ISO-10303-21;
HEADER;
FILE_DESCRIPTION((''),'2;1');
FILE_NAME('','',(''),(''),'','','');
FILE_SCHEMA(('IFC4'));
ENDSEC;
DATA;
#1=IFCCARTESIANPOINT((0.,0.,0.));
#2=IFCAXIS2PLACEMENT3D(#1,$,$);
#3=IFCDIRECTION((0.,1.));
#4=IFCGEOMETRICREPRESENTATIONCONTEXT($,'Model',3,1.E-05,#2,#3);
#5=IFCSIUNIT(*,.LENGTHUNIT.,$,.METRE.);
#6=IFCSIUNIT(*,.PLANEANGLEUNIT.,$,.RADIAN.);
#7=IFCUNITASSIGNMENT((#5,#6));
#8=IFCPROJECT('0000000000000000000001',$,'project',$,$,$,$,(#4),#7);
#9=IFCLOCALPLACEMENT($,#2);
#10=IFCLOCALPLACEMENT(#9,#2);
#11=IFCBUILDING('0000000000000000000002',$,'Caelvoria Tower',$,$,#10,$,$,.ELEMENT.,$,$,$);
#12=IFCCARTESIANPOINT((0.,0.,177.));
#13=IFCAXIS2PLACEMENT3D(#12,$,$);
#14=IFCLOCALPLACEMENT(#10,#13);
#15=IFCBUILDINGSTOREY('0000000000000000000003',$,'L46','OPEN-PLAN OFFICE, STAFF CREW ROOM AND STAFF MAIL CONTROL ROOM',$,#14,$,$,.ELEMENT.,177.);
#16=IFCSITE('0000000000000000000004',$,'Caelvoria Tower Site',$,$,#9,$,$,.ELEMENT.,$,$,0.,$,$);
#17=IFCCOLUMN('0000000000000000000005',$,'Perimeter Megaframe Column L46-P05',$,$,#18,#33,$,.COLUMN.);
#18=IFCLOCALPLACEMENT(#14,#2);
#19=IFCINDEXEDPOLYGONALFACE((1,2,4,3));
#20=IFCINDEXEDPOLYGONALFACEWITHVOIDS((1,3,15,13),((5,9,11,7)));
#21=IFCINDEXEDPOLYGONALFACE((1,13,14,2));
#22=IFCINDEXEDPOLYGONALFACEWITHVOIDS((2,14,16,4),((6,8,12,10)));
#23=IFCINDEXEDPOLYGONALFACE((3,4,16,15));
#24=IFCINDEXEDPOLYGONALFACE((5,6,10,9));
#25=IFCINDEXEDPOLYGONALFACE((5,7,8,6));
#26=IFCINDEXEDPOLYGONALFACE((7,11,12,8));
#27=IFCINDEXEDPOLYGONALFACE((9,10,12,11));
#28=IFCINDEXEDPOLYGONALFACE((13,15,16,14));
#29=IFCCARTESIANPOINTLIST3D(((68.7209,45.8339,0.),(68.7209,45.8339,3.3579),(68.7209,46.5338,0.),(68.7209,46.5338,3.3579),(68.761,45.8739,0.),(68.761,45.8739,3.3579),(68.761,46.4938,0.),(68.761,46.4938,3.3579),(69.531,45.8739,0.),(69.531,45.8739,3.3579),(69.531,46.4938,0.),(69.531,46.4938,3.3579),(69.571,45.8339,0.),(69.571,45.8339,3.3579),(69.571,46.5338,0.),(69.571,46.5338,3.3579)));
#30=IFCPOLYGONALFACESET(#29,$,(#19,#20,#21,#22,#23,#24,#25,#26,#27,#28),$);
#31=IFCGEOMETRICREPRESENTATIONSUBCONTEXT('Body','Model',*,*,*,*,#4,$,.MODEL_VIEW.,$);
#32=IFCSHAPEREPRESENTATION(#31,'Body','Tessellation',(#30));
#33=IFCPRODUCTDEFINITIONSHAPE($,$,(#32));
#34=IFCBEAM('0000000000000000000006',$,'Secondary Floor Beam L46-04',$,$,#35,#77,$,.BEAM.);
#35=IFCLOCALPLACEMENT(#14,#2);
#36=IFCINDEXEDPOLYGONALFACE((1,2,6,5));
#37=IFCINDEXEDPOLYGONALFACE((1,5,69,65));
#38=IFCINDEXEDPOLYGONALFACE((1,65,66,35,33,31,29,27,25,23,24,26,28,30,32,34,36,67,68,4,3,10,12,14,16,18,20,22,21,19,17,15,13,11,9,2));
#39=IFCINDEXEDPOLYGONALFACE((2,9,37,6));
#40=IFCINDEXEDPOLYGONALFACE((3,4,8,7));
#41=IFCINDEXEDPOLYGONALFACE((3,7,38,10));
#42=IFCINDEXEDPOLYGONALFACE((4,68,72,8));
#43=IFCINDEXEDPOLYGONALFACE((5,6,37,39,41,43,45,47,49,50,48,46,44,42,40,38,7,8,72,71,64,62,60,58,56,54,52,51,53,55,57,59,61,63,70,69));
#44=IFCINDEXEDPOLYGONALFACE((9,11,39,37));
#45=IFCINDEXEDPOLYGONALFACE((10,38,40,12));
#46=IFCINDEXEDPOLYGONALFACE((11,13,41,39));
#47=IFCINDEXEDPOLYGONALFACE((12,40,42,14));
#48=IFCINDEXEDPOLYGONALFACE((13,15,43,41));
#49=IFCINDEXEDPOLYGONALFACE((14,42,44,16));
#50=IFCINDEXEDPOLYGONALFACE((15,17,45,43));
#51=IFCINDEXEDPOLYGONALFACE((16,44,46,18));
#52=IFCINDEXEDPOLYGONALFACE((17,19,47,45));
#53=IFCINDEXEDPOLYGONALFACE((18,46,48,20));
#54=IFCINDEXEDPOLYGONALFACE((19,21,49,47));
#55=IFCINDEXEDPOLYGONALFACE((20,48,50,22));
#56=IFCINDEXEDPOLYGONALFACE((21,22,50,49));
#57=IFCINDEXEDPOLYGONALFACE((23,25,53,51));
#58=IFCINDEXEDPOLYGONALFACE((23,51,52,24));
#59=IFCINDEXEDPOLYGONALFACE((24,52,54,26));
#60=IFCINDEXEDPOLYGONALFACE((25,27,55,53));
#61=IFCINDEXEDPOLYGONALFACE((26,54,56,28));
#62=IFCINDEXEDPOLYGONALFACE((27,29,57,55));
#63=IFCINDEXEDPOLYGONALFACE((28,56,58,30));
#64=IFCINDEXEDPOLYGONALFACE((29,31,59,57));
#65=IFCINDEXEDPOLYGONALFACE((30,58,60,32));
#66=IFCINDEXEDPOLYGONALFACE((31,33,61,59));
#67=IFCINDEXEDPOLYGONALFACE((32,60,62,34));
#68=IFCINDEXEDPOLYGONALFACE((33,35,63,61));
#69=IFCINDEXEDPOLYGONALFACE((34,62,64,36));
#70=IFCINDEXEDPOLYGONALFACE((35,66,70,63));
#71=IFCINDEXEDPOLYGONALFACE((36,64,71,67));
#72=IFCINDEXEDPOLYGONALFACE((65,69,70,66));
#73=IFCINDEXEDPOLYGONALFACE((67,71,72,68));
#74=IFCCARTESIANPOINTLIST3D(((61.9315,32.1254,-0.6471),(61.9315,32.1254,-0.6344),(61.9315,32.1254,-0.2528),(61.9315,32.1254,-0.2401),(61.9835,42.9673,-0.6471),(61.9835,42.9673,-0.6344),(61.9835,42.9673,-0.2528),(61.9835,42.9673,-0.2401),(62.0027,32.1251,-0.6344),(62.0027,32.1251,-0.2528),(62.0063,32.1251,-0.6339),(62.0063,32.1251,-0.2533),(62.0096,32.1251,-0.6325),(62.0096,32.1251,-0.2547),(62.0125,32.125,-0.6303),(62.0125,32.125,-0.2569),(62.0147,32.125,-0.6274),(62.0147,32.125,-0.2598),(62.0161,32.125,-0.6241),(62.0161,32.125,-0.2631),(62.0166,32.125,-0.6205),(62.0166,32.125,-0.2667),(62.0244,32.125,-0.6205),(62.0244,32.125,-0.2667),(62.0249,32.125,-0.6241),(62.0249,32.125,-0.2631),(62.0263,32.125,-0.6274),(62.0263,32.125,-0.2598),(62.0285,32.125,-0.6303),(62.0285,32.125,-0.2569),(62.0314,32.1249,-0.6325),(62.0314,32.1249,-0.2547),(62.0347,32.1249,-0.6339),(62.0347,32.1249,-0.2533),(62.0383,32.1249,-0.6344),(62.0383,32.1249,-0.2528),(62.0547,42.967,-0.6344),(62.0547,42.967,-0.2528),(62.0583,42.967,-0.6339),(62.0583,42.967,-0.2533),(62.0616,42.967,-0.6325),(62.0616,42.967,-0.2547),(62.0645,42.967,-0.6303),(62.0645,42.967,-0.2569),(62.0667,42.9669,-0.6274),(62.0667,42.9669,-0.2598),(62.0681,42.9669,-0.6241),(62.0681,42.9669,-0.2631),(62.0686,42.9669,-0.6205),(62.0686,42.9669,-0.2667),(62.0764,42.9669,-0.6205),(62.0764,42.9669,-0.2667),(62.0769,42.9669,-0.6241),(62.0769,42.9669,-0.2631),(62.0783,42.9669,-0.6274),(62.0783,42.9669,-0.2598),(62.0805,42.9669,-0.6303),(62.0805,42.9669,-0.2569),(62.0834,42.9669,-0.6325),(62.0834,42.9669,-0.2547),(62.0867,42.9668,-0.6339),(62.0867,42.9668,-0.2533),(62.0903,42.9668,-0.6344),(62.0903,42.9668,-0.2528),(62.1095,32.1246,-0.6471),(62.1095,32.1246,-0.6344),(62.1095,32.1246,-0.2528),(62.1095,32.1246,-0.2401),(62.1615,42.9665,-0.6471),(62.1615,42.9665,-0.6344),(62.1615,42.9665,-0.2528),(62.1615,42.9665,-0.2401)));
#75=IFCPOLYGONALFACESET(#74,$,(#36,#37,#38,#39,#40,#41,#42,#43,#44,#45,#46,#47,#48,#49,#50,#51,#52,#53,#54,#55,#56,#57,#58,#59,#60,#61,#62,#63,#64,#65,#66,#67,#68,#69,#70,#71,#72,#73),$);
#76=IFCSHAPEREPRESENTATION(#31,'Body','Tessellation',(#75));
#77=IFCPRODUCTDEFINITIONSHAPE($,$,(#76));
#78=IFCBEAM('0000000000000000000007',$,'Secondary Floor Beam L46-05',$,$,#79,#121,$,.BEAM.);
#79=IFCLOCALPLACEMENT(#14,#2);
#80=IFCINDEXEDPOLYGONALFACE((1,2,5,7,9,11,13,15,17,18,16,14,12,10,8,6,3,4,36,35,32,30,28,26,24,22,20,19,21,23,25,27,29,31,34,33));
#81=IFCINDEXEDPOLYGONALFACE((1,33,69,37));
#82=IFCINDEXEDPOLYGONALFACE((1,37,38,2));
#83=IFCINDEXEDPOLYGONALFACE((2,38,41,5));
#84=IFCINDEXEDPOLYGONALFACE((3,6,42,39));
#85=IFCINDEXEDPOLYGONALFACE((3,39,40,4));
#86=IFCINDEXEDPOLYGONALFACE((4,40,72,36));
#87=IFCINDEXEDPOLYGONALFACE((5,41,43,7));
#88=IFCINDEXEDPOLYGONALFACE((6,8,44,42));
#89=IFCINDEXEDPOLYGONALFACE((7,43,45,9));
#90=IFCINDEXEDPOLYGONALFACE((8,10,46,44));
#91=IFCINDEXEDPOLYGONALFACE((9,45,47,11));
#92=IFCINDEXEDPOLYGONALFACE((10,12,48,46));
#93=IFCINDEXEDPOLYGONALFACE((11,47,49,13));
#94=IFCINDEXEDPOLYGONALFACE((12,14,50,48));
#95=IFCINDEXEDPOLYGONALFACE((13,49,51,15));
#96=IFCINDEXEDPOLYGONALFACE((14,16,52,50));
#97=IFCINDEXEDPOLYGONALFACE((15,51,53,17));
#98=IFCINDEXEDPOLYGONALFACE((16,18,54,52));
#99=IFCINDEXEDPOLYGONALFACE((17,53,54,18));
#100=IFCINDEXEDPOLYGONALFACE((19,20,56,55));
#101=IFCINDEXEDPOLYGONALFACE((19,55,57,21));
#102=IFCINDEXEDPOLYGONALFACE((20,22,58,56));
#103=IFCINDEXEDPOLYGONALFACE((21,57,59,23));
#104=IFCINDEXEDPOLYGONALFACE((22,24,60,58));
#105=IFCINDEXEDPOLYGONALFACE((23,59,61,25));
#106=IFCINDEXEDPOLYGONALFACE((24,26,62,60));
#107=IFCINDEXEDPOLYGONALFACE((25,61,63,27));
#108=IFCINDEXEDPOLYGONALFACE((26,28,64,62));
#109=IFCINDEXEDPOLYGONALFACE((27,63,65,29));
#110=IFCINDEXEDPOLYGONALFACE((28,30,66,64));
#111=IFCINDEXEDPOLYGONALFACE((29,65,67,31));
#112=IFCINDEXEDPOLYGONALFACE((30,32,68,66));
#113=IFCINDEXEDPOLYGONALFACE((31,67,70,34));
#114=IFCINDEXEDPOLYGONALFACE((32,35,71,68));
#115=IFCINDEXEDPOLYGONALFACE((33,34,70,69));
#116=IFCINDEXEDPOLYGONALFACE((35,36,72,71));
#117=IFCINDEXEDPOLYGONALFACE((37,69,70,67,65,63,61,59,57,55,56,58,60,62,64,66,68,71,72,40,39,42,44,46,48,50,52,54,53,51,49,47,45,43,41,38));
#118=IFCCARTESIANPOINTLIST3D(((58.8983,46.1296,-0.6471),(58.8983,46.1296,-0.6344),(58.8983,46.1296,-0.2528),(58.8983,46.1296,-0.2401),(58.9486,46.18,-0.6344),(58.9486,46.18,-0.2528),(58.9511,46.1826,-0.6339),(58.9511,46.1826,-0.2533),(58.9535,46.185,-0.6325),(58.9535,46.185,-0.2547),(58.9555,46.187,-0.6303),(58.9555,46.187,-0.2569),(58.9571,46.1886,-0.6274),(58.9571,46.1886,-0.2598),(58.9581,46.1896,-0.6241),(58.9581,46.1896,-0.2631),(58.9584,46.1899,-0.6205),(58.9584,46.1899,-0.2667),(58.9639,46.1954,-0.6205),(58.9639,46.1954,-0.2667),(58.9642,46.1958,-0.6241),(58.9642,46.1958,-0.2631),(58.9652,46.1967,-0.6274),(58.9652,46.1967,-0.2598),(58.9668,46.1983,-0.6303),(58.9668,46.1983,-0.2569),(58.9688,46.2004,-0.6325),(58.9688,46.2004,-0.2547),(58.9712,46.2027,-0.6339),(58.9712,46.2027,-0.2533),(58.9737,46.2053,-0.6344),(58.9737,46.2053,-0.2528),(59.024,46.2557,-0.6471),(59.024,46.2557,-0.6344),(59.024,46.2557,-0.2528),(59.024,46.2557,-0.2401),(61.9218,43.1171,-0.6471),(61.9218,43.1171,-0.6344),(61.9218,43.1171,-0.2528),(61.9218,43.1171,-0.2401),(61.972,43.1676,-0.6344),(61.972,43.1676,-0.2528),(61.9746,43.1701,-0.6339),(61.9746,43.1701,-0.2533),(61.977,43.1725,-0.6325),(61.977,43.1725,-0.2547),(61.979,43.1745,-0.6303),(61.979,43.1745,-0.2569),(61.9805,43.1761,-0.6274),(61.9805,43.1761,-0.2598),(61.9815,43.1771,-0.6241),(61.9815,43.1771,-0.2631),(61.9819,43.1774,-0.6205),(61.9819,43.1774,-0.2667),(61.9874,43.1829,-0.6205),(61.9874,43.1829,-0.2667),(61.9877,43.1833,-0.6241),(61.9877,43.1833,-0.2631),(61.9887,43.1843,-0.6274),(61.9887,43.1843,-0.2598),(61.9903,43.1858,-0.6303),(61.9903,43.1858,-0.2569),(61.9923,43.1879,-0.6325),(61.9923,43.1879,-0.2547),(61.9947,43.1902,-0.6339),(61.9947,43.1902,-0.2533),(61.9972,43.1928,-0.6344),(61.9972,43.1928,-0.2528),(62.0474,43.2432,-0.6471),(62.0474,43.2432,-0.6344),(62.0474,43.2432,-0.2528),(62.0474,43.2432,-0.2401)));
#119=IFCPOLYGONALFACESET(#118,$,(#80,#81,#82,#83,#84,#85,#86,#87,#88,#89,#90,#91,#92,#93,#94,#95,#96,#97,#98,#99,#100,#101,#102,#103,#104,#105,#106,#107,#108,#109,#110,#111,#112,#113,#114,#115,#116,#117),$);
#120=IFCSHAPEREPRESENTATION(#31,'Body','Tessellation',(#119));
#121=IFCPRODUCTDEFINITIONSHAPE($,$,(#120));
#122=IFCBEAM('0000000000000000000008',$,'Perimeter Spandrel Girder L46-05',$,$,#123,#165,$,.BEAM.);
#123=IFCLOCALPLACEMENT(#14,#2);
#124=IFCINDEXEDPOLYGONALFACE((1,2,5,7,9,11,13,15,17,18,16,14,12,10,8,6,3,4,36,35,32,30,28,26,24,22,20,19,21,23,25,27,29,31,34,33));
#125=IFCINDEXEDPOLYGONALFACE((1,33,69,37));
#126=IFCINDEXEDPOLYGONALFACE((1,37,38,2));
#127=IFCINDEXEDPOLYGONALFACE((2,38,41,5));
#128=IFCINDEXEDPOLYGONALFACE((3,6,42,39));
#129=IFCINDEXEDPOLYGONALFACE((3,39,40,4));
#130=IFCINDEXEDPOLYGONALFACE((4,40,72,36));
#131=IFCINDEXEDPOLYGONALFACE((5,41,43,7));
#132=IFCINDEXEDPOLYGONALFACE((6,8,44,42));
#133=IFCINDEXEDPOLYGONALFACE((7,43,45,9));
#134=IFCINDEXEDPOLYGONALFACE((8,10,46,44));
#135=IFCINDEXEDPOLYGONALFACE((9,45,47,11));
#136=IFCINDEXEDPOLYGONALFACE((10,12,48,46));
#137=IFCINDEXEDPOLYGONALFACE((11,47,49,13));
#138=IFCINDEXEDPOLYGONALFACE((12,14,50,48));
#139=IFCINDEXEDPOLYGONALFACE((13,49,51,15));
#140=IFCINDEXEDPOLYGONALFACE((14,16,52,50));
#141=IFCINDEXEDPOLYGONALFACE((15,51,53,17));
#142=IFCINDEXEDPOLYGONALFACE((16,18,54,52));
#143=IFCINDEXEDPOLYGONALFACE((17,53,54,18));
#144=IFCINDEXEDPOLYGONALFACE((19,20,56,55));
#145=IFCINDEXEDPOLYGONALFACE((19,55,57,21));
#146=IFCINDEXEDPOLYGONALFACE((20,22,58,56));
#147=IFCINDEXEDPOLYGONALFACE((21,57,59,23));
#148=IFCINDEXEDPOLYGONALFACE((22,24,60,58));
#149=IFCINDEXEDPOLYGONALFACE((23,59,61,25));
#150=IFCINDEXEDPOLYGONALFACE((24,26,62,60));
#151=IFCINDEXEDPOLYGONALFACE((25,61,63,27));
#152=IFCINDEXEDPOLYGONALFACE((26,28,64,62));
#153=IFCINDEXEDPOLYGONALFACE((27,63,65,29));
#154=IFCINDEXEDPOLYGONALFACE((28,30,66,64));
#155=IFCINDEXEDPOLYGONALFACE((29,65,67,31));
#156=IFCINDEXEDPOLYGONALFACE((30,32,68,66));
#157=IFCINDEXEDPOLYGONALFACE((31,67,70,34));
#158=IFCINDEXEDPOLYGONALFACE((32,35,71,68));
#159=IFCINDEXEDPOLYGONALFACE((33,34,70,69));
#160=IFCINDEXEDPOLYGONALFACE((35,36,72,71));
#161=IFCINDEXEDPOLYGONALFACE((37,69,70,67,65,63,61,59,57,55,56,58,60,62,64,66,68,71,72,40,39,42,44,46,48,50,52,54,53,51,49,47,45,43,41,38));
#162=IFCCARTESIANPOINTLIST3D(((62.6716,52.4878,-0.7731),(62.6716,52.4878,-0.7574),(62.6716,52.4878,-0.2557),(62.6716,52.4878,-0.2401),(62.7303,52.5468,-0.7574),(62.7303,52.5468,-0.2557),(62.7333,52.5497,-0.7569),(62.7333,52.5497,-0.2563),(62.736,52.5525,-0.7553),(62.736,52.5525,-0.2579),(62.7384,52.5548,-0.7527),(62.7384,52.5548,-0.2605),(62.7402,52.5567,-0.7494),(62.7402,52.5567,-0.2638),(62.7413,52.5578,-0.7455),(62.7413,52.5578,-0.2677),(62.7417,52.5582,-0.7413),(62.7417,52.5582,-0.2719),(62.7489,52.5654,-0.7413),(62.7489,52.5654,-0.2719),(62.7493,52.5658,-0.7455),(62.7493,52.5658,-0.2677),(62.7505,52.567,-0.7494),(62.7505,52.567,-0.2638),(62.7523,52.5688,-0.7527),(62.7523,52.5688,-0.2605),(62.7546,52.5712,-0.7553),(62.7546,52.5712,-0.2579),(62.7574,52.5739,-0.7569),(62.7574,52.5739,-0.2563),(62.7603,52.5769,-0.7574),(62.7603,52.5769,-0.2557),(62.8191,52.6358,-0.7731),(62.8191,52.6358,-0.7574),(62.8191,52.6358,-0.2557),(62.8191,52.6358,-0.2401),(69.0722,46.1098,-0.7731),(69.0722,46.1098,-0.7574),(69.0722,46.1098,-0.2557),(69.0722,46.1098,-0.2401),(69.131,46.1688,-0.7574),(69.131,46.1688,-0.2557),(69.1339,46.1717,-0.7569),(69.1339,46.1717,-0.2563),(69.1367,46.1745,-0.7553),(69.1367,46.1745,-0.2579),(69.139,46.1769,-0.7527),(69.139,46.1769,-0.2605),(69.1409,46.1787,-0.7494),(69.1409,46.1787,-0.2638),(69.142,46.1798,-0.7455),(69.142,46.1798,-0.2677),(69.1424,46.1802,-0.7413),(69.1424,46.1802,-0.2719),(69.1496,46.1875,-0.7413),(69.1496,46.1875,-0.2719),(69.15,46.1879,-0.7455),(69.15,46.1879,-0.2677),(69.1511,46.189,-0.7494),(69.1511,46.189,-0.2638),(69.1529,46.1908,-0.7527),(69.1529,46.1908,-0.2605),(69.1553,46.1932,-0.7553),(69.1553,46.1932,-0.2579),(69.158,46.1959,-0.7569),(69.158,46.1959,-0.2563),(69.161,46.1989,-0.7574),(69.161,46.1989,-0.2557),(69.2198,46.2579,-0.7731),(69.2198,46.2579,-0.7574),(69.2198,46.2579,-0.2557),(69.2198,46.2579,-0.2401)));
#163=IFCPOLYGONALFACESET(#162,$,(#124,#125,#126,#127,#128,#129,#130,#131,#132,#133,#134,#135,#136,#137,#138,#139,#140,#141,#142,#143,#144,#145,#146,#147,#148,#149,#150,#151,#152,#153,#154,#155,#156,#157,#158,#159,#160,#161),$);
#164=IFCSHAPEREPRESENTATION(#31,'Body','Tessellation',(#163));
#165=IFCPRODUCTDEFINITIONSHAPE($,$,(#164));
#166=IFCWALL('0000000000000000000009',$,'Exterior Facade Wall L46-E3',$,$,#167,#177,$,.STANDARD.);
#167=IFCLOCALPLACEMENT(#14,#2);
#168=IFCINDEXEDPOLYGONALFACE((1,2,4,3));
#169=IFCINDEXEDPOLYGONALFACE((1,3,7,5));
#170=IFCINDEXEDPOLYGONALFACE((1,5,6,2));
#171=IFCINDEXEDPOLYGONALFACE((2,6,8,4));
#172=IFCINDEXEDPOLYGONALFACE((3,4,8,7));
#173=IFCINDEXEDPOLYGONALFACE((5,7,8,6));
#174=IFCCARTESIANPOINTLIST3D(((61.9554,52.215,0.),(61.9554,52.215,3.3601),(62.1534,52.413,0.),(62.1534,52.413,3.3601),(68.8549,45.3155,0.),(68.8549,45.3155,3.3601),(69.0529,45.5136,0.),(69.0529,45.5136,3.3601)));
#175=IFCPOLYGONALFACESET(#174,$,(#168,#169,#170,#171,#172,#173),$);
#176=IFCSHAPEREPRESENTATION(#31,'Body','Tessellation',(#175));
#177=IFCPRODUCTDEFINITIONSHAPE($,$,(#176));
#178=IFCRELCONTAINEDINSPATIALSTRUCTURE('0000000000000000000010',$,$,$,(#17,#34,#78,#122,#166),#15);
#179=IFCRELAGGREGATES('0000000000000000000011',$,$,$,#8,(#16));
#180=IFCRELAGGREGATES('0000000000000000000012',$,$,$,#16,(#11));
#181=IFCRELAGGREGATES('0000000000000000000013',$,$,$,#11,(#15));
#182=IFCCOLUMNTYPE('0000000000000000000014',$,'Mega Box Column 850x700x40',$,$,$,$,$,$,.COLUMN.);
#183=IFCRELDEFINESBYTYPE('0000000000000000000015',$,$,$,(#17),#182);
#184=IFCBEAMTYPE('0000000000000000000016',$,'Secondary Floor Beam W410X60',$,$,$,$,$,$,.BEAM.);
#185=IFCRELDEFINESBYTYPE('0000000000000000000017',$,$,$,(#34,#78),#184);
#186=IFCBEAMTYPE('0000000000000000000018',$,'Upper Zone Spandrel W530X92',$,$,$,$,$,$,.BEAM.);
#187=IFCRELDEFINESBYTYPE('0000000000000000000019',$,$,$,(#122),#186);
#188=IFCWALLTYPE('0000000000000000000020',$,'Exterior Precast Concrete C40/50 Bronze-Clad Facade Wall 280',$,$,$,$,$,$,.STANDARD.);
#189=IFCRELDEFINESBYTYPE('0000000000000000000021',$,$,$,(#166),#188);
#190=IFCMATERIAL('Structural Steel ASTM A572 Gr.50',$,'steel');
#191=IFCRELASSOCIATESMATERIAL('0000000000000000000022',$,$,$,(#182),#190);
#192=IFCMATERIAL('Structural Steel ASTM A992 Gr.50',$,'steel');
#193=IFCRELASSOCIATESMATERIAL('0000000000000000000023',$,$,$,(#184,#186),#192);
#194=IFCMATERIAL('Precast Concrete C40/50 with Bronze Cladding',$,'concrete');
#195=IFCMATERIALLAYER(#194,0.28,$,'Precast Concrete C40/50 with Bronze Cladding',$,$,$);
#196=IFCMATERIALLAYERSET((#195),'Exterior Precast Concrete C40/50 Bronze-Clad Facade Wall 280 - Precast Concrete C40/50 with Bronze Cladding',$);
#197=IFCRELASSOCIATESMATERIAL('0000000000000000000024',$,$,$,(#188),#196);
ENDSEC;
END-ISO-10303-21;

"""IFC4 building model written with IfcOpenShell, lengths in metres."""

from ifc_helpers import new_model, si_unit, direction, frame, frame_2d, origin, origin_2d, place, context, subcontext, project, spatial, rectangle, hollow_rectangle, i_section, extrude, material, layer, layer_set, material_profile, profile_set, type_object, element, save


model = new_model("IFC4")

# Units and contexts
model_context = context("Model", 3, precision=1e-05, world=origin(), true_north=direction((0.0, 1.0)))
body_context = subcontext(model_context, "Body", "Model", "MODEL_VIEW")
ifc_project = project(units=[si_unit("LENGTHUNIT", "METRE"), si_unit("PLANEANGLEUNIT", "RADIAN")], contexts=[model_context])

# Site, building, storey
site_placement = place(None, origin())
site = spatial("IfcSite", under=ifc_project, at=site_placement, Name="Caelvoria Tower Site", CompositionType="ELEMENT", RefElevation=0.0)
building_placement = place(site_placement, origin())
building = spatial("IfcBuilding", under=site, at=building_placement, Name="Caelvoria Tower", CompositionType="ELEMENT")
storey_placement = place(building_placement, frame((0.0, 0.0, 177.0)))
storey = spatial("IfcBuildingStorey", under=building, at=storey_placement, Name="L46", Description="OPEN-PLAN OFFICE, STAFF CREW ROOM AND STAFF MAIL CONTROL ROOM", CompositionType="ELEMENT", Elevation=177.0)

# Column
ifc_material_1 = material(Name="Structural Steel ASTM A572 Gr.50", Category="steel")
ifc_material_profile_1 = material_profile(ifc_material_1, hollow_rectangle(XDim=0.7, YDim=0.8501, WallThickness=0.04, at=origin_2d()), Name="Structural Steel ASTM A572 Gr.50")
ifc_profile_set_1 = profile_set([ifc_material_profile_1], Name="BOX850X700X40 - Structural Steel ASTM A572 Gr.50")
column_type = type_object("IfcColumnType", Name="Mega Box Column 850x700x40", PredefinedType="COLUMN", material=ifc_profile_set_1)
column_placement = place(storey_placement, frame((69.146, 46.1838, 0.0), z_axis=(0.0, 0.0, 1.0), x_axis=(0.0, 1.0, 0.0)))
element("IfcColumn", 1, at=column_placement, inside=storey, type_object=column_type, Name="Perimeter Megaframe Column L46-P05", PredefinedType="COLUMN", context=body_context, shape_type="SweptSolid", body=[
    extrude(hollow_rectangle(XDim=0.7, YDim=0.8501, WallThickness=0.04, at=origin_2d()), origin(), (0.0, 0.0, 1.0), 3.3579),
])

# Beams
ifc_material_2 = material(Name="Structural Steel ASTM A992 Gr.50", Category="steel")
ifc_material_profile_2 = material_profile(ifc_material_2, i_section(OverallWidth=0.178, OverallDepth=0.407, WebThickness=0.0078, FlangeThickness=0.0127, FilletRadius=0.0139, at=origin_2d()), Name="Structural Steel ASTM A992 Gr.50")
ifc_profile_set_2 = profile_set([ifc_material_profile_2], Name="W410X60 - Structural Steel ASTM A992 Gr.50")
beam_type_1 = type_object("IfcBeamType", Name="Secondary Floor Beam W410X60", PredefinedType="BEAM", material=ifc_profile_set_2)
beam_1_placement = place(storey_placement, frame((62.0205, 32.125, -0.4436), z_axis=(0.004796, 0.999988, 0.0), x_axis=(-0.999988, 0.004796, 0.0)))
element("IfcBeam", 2, at=beam_1_placement, inside=storey, type_object=beam_type_1, Name="Secondary Floor Beam L46-04", PredefinedType="BEAM", context=body_context, shape_type="SweptSolid", body=[
    extrude(i_section(OverallWidth=0.178, OverallDepth=0.407, WebThickness=0.0078, FlangeThickness=0.0127, FilletRadius=0.0139, at=origin_2d()), origin(), (0.0, 0.0, 1.0), 10.842),
])
beam_2_placement = place(storey_placement, frame((61.9846, 43.1802, -0.4436), z_axis=(-0.708393, 0.705819, 0.0), x_axis=(-0.705819, -0.708393, 0.0)))
element("IfcBeam", 3, at=beam_2_placement, inside=storey, type_object=beam_type_1, Name="Secondary Floor Beam L46-05", PredefinedType="BEAM", context=body_context, shape_type="SweptSolid", body=[
    extrude(i_section(OverallWidth=0.178, OverallDepth=0.407, WebThickness=0.0078, FlangeThickness=0.0127, FilletRadius=0.0139, at=origin_2d()), origin(), (0.0, 0.0, 1.0), 4.2681),
])
ifc_material_profile_3 = material_profile(ifc_material_2, i_section(OverallWidth=0.209, OverallDepth=0.533, WebThickness=0.0103, FlangeThickness=0.0156, FilletRadius=0.0161, at=origin_2d()), Name="Structural Steel ASTM A992 Gr.50")
ifc_profile_set_3 = profile_set([ifc_material_profile_3], Name="W530X92 - Structural Steel ASTM A992 Gr.50")
beam_type_2 = type_object("IfcBeamType", Name="Upper Zone Spandrel W530X92", PredefinedType="BEAM", material=ifc_profile_set_3)
beam_3_placement = place(storey_placement, frame((69.146, 46.1838, -0.5066), z_axis=(-0.708362, 0.705849, 0.0), x_axis=(-0.705849, -0.708362, 0.0)))
element("IfcBeam", 4, at=beam_3_placement, inside=storey, type_object=beam_type_2, Name="Perimeter Spandrel Girder L46-05", PredefinedType="BEAM", context=body_context, shape_type="SweptSolid", body=[
    extrude(i_section(OverallWidth=0.209, OverallDepth=0.533, WebThickness=0.0103, FlangeThickness=0.0156, FilletRadius=0.0161, at=origin_2d()), origin(), (0.0, 0.0, 1.0), 9.0359),
])

# Wall
ifc_material_3 = material(Name="Precast Concrete C40/50 with Bronze Cladding", Category="concrete")
ifc_layer_1 = layer(ifc_material_3, 0.28, Name="Precast Concrete C40/50 with Bronze Cladding")
ifc_layer_set_1 = layer_set([ifc_layer_1], Name="Exterior Precast Concrete C40/50 Bronze-Clad Facade Wall 280 - Precast Concrete C40/50 with Bronze Cladding")
wall_type_1 = type_object("IfcWallType", Name="Exterior Precast Concrete C40/50 Bronze-Clad Facade Wall 280", PredefinedType="STANDARD", material=ifc_layer_set_1)
wall_1_placement = place(storey_placement, frame((68.9539, 45.4146, 0.0), z_axis=(0.0, 0.0, 1.0), x_axis=(-0.707107, 0.707107, 0.0)))
element("IfcWall", 5, at=wall_1_placement, inside=storey, type_object=wall_type_1, Name="Exterior Facade Wall L46-E3", PredefinedType="STANDARD", context=body_context, shape_type="SweptSolid", body=[
    extrude(rectangle(XDim=9.7573, YDim=0.28, at=frame_2d((4.8787, 0.0))), origin(), (0.0, 0.0, 1.0), 3.3601),
])

save(model, "model.ifc")
